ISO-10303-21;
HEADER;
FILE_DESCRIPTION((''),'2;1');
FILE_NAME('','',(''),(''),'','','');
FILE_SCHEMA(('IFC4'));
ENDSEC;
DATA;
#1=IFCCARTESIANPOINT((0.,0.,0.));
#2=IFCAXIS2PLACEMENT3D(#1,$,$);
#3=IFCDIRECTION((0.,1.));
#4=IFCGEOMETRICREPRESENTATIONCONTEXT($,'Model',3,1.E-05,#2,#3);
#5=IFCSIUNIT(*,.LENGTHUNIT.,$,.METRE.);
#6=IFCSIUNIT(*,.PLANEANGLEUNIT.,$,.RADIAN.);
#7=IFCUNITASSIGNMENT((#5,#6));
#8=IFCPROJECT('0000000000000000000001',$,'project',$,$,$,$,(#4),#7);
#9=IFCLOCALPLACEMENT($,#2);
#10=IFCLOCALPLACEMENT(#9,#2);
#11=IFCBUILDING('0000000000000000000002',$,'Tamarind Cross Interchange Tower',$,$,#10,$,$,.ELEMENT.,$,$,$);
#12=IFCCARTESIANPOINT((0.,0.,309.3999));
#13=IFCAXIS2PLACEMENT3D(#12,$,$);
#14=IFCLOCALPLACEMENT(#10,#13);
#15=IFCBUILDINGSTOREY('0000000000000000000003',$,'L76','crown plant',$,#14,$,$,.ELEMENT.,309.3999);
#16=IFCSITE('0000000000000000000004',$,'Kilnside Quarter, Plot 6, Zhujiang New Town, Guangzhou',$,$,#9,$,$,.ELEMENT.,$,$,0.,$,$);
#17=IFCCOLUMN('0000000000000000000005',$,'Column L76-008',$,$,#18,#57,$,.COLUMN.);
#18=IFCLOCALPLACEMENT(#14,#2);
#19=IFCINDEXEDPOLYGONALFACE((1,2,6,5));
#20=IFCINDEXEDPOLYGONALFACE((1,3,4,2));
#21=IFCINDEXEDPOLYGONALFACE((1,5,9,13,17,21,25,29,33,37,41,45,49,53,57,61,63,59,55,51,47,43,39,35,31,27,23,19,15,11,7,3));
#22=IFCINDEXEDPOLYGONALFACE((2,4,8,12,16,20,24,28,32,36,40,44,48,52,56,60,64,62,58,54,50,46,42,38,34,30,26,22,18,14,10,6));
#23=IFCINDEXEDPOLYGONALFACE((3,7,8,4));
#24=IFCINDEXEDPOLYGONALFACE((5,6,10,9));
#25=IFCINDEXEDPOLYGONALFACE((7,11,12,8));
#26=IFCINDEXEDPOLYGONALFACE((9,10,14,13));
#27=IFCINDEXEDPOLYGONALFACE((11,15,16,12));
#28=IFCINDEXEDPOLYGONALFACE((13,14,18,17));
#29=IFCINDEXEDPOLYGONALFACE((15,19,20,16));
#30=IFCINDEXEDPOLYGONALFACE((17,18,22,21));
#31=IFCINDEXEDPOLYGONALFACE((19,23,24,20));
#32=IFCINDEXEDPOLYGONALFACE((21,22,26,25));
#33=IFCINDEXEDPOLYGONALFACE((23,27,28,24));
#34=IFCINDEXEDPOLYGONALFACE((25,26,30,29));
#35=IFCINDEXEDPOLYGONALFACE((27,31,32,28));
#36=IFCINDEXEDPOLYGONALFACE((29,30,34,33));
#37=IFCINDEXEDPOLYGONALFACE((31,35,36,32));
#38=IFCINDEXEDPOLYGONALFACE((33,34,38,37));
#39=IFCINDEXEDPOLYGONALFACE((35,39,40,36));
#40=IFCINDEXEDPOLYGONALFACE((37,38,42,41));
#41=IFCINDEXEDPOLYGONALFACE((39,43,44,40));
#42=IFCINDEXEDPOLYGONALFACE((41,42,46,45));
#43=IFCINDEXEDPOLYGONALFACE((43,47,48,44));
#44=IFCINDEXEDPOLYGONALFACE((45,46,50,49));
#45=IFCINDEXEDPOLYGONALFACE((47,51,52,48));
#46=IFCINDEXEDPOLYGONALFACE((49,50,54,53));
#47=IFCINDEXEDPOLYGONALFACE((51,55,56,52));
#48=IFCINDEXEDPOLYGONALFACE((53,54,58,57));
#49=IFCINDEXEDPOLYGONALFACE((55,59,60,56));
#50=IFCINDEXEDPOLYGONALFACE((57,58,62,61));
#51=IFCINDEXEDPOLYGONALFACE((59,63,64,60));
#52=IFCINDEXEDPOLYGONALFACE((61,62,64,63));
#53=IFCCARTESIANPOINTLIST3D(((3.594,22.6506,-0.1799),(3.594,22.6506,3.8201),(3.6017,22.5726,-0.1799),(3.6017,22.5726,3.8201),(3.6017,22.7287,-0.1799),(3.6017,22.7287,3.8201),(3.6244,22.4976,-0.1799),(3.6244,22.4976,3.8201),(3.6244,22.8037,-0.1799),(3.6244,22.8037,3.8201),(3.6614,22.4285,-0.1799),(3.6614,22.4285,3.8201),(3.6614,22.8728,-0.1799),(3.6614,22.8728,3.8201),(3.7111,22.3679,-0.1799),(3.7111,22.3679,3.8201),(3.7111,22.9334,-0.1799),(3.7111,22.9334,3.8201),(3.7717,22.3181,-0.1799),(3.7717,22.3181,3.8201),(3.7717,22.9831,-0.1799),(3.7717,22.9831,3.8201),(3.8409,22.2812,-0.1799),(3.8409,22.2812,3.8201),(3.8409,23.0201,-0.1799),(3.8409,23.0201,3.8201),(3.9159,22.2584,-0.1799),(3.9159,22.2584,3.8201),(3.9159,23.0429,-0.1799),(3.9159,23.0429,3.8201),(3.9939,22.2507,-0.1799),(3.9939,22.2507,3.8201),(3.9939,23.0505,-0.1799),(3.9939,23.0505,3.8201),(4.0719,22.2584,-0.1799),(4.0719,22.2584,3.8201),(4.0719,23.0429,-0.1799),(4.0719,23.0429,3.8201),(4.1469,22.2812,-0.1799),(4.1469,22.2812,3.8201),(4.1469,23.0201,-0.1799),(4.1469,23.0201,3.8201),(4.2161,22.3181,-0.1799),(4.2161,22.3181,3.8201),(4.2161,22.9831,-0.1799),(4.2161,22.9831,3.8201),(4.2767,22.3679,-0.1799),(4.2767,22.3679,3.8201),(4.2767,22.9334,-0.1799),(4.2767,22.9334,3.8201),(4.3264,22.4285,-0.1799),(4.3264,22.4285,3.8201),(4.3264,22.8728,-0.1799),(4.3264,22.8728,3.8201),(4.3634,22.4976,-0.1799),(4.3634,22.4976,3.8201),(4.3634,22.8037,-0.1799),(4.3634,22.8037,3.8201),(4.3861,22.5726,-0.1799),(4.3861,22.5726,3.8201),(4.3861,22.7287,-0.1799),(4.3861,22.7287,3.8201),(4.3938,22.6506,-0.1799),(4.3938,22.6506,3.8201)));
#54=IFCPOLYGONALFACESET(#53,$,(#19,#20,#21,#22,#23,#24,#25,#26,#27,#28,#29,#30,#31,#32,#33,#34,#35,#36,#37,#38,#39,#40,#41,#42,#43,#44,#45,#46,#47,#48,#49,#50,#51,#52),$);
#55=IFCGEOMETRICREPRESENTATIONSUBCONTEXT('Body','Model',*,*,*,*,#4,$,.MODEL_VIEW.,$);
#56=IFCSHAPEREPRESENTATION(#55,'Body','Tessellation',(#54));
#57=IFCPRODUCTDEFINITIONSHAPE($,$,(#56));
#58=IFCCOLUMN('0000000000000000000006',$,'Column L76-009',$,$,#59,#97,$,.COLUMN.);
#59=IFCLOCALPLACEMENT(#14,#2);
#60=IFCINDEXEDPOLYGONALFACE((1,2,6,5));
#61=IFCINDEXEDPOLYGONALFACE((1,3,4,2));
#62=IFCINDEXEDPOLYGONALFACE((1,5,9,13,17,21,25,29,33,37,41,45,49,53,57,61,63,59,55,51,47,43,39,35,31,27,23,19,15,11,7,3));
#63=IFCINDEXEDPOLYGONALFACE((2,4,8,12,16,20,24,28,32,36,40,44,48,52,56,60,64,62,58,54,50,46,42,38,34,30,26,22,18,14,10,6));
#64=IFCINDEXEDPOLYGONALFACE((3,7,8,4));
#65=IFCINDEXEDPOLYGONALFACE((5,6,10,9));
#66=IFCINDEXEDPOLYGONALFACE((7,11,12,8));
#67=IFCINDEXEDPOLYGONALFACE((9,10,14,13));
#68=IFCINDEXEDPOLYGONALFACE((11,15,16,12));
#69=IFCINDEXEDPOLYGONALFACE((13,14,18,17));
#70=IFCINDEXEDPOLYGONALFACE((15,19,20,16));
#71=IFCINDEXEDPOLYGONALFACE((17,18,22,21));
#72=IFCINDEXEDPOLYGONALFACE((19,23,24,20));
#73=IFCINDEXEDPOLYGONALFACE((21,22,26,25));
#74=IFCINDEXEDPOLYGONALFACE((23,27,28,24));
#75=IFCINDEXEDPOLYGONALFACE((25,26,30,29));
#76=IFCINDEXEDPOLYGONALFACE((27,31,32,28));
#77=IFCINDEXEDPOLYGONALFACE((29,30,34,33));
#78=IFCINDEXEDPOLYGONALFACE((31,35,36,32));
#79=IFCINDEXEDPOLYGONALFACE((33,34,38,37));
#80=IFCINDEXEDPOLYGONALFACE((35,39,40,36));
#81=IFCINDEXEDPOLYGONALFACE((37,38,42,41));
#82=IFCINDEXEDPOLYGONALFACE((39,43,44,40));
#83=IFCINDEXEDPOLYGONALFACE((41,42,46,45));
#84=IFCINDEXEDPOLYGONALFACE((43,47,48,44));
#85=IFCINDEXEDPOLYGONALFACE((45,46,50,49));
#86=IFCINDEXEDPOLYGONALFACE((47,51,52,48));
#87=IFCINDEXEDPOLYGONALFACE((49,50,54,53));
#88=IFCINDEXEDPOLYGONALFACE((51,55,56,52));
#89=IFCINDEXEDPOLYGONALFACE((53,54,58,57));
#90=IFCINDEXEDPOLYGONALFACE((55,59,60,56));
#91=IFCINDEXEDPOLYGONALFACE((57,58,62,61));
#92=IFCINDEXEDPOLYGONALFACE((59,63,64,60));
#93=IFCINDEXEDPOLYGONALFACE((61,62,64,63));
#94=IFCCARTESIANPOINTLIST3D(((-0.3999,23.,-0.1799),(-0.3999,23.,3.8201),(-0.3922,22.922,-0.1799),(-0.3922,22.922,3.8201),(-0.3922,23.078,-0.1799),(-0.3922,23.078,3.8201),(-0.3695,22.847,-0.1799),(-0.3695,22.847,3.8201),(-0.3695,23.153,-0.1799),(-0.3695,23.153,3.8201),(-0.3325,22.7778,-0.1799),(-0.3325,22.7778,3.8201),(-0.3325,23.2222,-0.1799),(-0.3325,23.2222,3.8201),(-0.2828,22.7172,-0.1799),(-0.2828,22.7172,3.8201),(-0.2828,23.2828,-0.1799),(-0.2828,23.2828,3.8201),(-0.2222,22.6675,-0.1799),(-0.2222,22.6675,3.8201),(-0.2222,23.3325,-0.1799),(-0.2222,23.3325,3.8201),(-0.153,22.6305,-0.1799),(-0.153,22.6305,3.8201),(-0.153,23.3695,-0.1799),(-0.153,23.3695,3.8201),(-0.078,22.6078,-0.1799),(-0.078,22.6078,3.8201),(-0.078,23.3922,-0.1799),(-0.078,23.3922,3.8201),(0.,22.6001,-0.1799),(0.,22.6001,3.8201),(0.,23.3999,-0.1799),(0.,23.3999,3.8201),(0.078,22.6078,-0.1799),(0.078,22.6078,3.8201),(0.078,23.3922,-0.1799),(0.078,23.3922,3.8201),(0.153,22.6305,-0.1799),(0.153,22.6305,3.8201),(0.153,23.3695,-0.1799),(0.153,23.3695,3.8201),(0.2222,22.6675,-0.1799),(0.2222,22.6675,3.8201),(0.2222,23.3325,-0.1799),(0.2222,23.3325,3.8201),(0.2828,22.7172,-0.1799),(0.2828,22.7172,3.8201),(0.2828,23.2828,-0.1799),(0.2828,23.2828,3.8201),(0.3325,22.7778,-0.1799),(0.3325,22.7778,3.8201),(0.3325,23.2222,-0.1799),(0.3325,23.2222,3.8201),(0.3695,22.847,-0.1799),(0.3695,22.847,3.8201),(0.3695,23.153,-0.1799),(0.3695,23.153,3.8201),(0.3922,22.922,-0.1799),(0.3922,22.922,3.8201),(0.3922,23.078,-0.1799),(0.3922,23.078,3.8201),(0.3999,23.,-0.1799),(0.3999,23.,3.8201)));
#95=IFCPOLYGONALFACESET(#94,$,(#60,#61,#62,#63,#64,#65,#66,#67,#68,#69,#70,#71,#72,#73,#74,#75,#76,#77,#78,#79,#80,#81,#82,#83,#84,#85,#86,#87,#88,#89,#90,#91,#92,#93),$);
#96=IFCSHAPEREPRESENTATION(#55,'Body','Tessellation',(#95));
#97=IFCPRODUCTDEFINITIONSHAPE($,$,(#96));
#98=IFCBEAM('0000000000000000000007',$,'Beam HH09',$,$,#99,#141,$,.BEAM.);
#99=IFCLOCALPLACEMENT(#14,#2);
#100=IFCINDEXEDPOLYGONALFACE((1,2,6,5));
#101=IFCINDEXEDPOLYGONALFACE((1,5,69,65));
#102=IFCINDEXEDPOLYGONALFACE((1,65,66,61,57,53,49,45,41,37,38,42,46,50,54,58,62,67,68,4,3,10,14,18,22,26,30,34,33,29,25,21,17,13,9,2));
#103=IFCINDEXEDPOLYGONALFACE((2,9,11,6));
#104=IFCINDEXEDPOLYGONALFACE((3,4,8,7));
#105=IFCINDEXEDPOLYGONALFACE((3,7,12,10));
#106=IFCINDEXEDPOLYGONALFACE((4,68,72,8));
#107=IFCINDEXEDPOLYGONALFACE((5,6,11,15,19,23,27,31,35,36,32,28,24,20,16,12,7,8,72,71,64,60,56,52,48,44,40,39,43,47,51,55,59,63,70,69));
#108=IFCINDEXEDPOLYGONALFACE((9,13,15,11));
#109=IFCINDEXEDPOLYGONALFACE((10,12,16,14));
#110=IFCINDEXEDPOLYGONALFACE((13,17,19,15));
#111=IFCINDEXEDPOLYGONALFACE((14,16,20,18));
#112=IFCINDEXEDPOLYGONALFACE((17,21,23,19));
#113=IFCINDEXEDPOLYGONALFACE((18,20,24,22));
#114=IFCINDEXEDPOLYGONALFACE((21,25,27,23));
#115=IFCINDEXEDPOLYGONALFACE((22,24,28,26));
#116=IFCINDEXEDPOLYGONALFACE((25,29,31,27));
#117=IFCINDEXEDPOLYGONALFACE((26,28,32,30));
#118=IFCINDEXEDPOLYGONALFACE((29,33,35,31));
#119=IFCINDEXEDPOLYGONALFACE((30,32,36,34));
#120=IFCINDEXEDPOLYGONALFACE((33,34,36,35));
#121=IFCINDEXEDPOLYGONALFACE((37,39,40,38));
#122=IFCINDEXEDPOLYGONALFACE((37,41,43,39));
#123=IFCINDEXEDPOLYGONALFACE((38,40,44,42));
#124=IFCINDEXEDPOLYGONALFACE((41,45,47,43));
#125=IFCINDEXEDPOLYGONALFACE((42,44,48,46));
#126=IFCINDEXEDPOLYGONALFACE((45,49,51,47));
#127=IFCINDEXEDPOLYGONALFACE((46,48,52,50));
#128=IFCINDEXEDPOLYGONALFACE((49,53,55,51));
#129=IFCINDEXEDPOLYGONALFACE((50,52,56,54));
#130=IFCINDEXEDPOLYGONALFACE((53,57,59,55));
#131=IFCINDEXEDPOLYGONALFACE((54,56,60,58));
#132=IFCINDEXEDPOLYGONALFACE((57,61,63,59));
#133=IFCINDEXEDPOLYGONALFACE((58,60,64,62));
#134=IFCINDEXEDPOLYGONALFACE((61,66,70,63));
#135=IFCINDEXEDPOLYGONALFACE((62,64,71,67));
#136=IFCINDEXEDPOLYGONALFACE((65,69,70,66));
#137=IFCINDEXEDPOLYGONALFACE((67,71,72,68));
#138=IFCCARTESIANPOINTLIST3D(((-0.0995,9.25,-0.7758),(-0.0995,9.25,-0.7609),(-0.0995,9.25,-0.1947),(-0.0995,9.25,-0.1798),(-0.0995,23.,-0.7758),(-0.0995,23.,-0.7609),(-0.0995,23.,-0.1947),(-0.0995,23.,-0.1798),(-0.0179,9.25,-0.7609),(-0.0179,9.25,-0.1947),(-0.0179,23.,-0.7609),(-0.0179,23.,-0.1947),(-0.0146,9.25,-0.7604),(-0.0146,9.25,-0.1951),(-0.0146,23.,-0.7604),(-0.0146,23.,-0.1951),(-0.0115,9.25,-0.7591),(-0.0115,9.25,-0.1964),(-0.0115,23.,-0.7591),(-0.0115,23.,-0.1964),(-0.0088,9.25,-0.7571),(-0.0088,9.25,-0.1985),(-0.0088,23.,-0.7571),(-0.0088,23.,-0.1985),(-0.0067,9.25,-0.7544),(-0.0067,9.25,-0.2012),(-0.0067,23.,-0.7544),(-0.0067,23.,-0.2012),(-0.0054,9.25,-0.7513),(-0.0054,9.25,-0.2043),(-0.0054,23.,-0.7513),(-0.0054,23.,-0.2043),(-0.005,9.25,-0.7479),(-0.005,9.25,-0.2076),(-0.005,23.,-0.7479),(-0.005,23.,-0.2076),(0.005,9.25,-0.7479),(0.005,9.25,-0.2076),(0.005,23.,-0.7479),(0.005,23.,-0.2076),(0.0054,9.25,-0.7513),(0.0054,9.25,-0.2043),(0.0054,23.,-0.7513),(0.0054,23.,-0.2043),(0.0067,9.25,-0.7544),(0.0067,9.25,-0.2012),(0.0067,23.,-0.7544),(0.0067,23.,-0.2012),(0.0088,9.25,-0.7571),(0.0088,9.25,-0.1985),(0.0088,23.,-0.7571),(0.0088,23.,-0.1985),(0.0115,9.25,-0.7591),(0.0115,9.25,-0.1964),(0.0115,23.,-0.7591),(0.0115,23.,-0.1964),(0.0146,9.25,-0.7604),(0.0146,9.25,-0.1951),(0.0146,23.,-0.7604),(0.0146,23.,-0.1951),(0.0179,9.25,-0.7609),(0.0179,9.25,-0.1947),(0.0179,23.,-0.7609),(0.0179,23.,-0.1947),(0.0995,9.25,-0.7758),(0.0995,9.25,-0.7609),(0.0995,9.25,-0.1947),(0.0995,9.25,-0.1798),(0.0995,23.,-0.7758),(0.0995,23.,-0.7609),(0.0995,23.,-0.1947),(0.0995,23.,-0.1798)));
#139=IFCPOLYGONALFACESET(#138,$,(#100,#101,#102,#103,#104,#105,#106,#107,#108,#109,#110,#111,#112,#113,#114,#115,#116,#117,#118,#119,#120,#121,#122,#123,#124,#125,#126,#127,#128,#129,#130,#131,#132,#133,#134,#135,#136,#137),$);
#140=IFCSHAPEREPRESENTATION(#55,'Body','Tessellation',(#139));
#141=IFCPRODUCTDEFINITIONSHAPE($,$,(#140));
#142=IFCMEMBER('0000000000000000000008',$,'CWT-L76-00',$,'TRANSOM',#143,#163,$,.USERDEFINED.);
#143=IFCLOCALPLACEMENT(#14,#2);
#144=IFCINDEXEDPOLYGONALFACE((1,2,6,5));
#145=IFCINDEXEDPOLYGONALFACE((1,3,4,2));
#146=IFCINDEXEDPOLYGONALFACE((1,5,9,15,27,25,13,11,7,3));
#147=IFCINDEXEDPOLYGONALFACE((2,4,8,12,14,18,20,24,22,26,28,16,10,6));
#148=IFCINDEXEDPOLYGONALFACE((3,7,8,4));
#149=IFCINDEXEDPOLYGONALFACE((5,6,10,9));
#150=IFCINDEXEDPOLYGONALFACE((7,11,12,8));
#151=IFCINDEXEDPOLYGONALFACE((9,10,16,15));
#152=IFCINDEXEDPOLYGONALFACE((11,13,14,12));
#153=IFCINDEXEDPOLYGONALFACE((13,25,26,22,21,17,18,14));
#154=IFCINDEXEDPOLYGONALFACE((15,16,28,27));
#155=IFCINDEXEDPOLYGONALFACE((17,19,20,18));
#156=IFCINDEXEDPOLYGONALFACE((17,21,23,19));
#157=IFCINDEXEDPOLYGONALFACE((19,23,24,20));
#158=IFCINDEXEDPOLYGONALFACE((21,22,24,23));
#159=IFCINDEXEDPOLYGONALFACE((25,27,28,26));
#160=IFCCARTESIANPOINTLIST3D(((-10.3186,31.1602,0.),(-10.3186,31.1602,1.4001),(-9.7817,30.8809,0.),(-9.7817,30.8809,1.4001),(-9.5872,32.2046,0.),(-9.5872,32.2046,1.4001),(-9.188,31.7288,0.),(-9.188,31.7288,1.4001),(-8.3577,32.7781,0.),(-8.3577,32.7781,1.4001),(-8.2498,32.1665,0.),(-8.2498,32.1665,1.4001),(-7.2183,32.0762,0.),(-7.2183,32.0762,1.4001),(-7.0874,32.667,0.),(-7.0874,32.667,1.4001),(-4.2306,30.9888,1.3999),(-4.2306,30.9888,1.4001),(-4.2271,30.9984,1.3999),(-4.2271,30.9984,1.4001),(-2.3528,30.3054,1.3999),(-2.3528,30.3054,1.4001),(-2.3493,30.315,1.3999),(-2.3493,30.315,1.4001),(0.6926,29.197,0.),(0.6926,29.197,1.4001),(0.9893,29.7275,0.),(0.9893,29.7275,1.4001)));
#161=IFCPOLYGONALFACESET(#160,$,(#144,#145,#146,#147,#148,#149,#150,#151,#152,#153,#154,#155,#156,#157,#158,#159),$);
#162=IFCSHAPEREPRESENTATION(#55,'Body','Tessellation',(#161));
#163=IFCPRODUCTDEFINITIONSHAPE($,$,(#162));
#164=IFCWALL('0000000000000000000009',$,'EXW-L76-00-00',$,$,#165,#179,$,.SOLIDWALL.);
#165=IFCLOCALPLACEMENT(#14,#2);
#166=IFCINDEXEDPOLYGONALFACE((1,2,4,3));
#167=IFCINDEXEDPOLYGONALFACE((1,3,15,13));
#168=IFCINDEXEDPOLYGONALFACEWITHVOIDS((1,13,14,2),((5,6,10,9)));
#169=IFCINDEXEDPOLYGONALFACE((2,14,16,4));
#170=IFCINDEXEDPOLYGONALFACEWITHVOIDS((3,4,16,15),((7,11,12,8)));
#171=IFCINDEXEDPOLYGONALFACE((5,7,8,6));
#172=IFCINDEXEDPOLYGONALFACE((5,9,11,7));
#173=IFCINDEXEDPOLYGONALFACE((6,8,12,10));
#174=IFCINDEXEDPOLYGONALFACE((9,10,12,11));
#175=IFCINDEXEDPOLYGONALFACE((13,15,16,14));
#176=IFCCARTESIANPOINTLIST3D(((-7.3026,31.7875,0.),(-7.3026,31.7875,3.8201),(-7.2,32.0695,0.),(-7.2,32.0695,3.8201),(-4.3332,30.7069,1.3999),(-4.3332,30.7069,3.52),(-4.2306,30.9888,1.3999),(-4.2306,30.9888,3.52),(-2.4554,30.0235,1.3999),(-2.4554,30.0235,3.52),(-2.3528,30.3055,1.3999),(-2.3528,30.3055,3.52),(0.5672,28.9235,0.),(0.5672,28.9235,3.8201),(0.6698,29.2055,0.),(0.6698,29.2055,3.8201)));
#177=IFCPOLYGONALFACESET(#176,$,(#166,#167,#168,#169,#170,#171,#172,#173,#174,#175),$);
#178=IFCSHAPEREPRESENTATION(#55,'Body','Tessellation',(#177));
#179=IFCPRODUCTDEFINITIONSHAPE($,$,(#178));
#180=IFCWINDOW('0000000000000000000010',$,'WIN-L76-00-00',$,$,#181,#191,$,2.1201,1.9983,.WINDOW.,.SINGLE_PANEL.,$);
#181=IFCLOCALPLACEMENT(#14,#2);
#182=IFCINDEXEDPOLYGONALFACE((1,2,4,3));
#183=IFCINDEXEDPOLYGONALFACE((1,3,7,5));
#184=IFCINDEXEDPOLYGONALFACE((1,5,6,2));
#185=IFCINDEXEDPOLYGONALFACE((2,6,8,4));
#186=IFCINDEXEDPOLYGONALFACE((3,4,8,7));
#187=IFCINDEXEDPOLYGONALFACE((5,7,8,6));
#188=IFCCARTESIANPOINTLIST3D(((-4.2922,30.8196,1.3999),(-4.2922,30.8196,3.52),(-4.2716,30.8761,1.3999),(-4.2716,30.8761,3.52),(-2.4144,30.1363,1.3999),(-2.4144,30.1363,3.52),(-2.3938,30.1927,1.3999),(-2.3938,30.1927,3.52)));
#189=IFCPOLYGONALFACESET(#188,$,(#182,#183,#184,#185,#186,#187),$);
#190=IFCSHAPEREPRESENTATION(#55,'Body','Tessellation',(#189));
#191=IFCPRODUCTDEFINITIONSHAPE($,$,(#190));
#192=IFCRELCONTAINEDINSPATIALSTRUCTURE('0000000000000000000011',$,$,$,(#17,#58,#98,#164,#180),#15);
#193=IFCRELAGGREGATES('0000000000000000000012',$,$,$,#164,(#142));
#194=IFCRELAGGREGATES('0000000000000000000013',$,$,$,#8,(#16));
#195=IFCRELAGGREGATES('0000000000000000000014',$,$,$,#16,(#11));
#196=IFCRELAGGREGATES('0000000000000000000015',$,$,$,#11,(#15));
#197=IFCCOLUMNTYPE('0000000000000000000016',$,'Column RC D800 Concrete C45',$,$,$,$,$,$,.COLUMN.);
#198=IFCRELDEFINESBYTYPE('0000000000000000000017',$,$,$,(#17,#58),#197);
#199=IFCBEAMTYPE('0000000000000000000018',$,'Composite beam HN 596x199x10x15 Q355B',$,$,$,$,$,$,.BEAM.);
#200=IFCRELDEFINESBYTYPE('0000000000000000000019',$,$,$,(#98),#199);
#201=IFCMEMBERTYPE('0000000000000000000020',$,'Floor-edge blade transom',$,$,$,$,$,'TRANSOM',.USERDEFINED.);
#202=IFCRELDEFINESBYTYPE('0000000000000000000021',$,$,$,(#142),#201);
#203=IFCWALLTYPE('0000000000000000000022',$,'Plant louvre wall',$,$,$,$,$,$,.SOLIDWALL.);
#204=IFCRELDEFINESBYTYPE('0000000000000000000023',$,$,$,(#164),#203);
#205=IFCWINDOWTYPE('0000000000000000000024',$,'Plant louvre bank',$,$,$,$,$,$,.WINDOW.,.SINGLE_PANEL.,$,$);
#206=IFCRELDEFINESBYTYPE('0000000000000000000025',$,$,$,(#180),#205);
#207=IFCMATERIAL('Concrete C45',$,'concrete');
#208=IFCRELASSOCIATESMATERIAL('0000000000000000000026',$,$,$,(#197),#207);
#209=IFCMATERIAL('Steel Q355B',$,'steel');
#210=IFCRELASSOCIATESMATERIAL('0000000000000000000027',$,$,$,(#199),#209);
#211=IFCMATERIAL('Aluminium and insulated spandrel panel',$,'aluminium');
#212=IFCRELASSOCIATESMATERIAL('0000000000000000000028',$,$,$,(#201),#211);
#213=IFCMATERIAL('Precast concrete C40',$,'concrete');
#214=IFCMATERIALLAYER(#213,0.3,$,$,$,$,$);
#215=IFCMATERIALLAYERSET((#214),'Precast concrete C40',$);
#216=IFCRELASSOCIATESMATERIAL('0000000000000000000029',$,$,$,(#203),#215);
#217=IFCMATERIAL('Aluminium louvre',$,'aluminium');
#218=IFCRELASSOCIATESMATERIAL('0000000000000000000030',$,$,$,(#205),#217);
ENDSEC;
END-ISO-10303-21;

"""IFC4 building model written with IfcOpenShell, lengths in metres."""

from ifc_helpers import new_model, si_unit, direction, frame, frame_2d, origin, origin_2d, place, context, subcontext, project, spatial, polyline, rectangle, circle, i_section, outline, extrude, material, layer, layer_set, material_profile, profile_set, type_object, element, fill, aggregate, save


model = new_model("IFC4")

# Units and contexts
model_context = context("Model", 3, precision=1e-05, world=origin(), true_north=direction((0.0, 1.0)))
body_context = subcontext(model_context, "Body", "Model", "MODEL_VIEW")
ifc_project = project(units=[si_unit("LENGTHUNIT", "METRE"), si_unit("PLANEANGLEUNIT", "RADIAN")], contexts=[model_context])

# Site, building, storey
site_placement = place(None, origin())
site = spatial("IfcSite", under=ifc_project, at=site_placement, Name="Kilnside Quarter, Plot 6, Zhujiang New Town, Guangzhou", CompositionType="ELEMENT", RefElevation=0.0)
building_placement = place(site_placement, origin())
building = spatial("IfcBuilding", under=site, at=building_placement, Name="Tamarind Cross Interchange Tower", CompositionType="ELEMENT")
storey_placement = place(building_placement, frame((0.0, 0.0, 309.3999)))
storey = spatial("IfcBuildingStorey", under=building, at=storey_placement, Name="L76", Description="crown plant", CompositionType="ELEMENT", Elevation=309.3999)

# Columns
ifc_material_1 = material(Name="Concrete C45", Category="concrete")
ifc_material_profile_1 = material_profile(ifc_material_1, circle(Radius=0.3999, at=origin_2d()), Name="RC D800")
ifc_profile_set_1 = profile_set([ifc_material_profile_1], Name="Concrete C45")
column_type = type_object("IfcColumnType", Name="Column RC D800 Concrete C45", PredefinedType="COLUMN", material=ifc_profile_set_1)
for number, where, z_axis, x_axis, name in (
    (1, (3.9939, 22.6506, -0.1799), (0.0, 0.0, 1.0), (1.0, 0.0, 0.0), "Column L76-008"),
    (2, (0.0, 23.0, -0.1799), (0.0, 0.0, 1.0), (1.0, 0.0, 0.0), "Column L76-009"),
):
    element("IfcColumn", number, at=place(storey_placement, frame(where, z_axis=z_axis, x_axis=x_axis)), inside=storey, type_object=column_type, Name=name, PredefinedType="COLUMN", context=body_context, shape_type="SweptSolid", body=[
        extrude(circle(Radius=0.3999, at=origin_2d()), origin(), (0.0, 0.0, 1.0), 4.0),
    ])

# Beam
ifc_material_2 = material(Name="Steel Q355B", Category="steel")
ifc_material_profile_2 = material_profile(ifc_material_2, i_section(OverallWidth=0.199, OverallDepth=0.5959, WebThickness=0.01, FlangeThickness=0.0149, FilletRadius=0.0129, at=origin_2d()), Name="HN 596x199x10x15")
ifc_profile_set_2 = profile_set([ifc_material_profile_2], Name="Steel Q355B")
beam_type = type_object("IfcBeamType", Name="Composite beam HN 596x199x10x15 Q355B", PredefinedType="BEAM", material=ifc_profile_set_2)
beam_placement = place(storey_placement, frame((0.0, 23.0, -0.4778), z_axis=(0.0, -1.0, 0.0), x_axis=(1.0, 0.0, 0.0)))
element("IfcBeam", 3, at=beam_placement, inside=storey, type_object=beam_type, Name="Beam HH09", PredefinedType="BEAM", context=body_context, shape_type="SweptSolid", body=[
    extrude(i_section(OverallWidth=0.199, OverallDepth=0.5959, WebThickness=0.01, FlangeThickness=0.0149, FilletRadius=0.0129, at=origin_2d()), origin(), (0.0, 0.0, 1.0), 13.75),
])

# Member
ifc_material_3 = material(Name="Aluminium and insulated spandrel panel", Category="aluminium")
member_type = type_object("IfcMemberType", Name="Floor-edge blade transom", ElementType="TRANSOM", PredefinedType="USERDEFINED", material=ifc_material_3)
member_placement = place(storey_placement, origin())
member = element("IfcMember", 4, at=member_placement, type_object=member_type, Name="CWT-L76-00", ObjectType="TRANSOM", PredefinedType="USERDEFINED", context=body_context, shape_type="SweptSolid", body=[
    extrude(outline(polyline([(0.6926, 29.197), (-7.2183, 32.0762), (-8.2498, 32.1665), (-9.188, 31.7288), (-9.7817, 30.8809), (-10.3186, 31.1602), (-9.5872, 32.2046), (-8.3577, 32.7781), (-7.0874, 32.667), (0.9893, 29.7275), (0.6926, 29.197)])), origin(), (0.0, 0.0, 1.0), 1.4001),
])

# Wall, opening, window
ifc_material_4 = material(Name="Precast concrete C40", Category="concrete")
ifc_layer_1 = layer(ifc_material_4, 0.3)
ifc_layer_set_1 = layer_set([ifc_layer_1], Name="Precast concrete C40")
wall_type_1 = type_object("IfcWallType", Name="Plant louvre wall", PredefinedType="SOLIDWALL", material=ifc_layer_set_1)
wall_1_placement = place(storey_placement, frame((0.6187, 29.0645, 0.0), z_axis=(0.0, 0.0, 1.0), x_axis=(-0.939707, 0.341979, 0.0)))
wall_1 = element("IfcWall", 5, at=wall_1_placement, inside=storey, type_object=wall_type_1, Name="EXW-L76-00-00", PredefinedType="SOLIDWALL", context=body_context, shape_type="SweptSolid", body=[
    extrude(rectangle(XDim=8.3748, YDim=0.3, at=frame_2d((4.1875, 0.0))), origin(), (0.0, 0.0, 1.0), 3.8201),
])
opening_1_placement = place(wall_1_placement, frame((3.2168, 0.0, 1.3999)))
opening_1 = element("IfcOpeningElement", 6, at=opening_1_placement, cuts=wall_1, PredefinedType="OPENING", context=body_context, shape_type="SweptSolid", body=[
    extrude(rectangle(XDim=1.9983, YDim=2.1201, at=frame_2d((0.999, 1.0601))), frame((0.0, 0.1599, 0.0), z_axis=(0.0, -1.0, 0.0), x_axis=(1.0, 0.0, 0.0)), (0.0, 0.0, 1.0), 0.3201),
])
ifc_material_5 = material(Name="Aluminium louvre", Category="aluminium")
window_type = type_object("IfcWindowType", Name="Plant louvre bank", PartitioningType="SINGLE_PANEL", PredefinedType="WINDOW", material=ifc_material_5)
window_placement = place(opening_1_placement, origin())
window = element("IfcWindow", 7, at=window_placement, inside=storey, type_object=window_type, Name="WIN-L76-00-00", OverallHeight=2.1201, OverallWidth=1.9983, PartitioningType="SINGLE_PANEL", PredefinedType="WINDOW", context=body_context, shape_type="SweptSolid", body=[
    extrude(rectangle(XDim=1.9983, YDim=2.1201, at=frame_2d((0.999, 1.0601))), frame((0.0, 0.03, 0.0), z_axis=(0.0, -1.0, 0.0), x_axis=(1.0, 0.0, 0.0)), (0.0, 0.0, 1.0), 0.0601),
])
fill(opening_1, window)
aggregate(wall_1, [member])

save(model, "model.ifc")
